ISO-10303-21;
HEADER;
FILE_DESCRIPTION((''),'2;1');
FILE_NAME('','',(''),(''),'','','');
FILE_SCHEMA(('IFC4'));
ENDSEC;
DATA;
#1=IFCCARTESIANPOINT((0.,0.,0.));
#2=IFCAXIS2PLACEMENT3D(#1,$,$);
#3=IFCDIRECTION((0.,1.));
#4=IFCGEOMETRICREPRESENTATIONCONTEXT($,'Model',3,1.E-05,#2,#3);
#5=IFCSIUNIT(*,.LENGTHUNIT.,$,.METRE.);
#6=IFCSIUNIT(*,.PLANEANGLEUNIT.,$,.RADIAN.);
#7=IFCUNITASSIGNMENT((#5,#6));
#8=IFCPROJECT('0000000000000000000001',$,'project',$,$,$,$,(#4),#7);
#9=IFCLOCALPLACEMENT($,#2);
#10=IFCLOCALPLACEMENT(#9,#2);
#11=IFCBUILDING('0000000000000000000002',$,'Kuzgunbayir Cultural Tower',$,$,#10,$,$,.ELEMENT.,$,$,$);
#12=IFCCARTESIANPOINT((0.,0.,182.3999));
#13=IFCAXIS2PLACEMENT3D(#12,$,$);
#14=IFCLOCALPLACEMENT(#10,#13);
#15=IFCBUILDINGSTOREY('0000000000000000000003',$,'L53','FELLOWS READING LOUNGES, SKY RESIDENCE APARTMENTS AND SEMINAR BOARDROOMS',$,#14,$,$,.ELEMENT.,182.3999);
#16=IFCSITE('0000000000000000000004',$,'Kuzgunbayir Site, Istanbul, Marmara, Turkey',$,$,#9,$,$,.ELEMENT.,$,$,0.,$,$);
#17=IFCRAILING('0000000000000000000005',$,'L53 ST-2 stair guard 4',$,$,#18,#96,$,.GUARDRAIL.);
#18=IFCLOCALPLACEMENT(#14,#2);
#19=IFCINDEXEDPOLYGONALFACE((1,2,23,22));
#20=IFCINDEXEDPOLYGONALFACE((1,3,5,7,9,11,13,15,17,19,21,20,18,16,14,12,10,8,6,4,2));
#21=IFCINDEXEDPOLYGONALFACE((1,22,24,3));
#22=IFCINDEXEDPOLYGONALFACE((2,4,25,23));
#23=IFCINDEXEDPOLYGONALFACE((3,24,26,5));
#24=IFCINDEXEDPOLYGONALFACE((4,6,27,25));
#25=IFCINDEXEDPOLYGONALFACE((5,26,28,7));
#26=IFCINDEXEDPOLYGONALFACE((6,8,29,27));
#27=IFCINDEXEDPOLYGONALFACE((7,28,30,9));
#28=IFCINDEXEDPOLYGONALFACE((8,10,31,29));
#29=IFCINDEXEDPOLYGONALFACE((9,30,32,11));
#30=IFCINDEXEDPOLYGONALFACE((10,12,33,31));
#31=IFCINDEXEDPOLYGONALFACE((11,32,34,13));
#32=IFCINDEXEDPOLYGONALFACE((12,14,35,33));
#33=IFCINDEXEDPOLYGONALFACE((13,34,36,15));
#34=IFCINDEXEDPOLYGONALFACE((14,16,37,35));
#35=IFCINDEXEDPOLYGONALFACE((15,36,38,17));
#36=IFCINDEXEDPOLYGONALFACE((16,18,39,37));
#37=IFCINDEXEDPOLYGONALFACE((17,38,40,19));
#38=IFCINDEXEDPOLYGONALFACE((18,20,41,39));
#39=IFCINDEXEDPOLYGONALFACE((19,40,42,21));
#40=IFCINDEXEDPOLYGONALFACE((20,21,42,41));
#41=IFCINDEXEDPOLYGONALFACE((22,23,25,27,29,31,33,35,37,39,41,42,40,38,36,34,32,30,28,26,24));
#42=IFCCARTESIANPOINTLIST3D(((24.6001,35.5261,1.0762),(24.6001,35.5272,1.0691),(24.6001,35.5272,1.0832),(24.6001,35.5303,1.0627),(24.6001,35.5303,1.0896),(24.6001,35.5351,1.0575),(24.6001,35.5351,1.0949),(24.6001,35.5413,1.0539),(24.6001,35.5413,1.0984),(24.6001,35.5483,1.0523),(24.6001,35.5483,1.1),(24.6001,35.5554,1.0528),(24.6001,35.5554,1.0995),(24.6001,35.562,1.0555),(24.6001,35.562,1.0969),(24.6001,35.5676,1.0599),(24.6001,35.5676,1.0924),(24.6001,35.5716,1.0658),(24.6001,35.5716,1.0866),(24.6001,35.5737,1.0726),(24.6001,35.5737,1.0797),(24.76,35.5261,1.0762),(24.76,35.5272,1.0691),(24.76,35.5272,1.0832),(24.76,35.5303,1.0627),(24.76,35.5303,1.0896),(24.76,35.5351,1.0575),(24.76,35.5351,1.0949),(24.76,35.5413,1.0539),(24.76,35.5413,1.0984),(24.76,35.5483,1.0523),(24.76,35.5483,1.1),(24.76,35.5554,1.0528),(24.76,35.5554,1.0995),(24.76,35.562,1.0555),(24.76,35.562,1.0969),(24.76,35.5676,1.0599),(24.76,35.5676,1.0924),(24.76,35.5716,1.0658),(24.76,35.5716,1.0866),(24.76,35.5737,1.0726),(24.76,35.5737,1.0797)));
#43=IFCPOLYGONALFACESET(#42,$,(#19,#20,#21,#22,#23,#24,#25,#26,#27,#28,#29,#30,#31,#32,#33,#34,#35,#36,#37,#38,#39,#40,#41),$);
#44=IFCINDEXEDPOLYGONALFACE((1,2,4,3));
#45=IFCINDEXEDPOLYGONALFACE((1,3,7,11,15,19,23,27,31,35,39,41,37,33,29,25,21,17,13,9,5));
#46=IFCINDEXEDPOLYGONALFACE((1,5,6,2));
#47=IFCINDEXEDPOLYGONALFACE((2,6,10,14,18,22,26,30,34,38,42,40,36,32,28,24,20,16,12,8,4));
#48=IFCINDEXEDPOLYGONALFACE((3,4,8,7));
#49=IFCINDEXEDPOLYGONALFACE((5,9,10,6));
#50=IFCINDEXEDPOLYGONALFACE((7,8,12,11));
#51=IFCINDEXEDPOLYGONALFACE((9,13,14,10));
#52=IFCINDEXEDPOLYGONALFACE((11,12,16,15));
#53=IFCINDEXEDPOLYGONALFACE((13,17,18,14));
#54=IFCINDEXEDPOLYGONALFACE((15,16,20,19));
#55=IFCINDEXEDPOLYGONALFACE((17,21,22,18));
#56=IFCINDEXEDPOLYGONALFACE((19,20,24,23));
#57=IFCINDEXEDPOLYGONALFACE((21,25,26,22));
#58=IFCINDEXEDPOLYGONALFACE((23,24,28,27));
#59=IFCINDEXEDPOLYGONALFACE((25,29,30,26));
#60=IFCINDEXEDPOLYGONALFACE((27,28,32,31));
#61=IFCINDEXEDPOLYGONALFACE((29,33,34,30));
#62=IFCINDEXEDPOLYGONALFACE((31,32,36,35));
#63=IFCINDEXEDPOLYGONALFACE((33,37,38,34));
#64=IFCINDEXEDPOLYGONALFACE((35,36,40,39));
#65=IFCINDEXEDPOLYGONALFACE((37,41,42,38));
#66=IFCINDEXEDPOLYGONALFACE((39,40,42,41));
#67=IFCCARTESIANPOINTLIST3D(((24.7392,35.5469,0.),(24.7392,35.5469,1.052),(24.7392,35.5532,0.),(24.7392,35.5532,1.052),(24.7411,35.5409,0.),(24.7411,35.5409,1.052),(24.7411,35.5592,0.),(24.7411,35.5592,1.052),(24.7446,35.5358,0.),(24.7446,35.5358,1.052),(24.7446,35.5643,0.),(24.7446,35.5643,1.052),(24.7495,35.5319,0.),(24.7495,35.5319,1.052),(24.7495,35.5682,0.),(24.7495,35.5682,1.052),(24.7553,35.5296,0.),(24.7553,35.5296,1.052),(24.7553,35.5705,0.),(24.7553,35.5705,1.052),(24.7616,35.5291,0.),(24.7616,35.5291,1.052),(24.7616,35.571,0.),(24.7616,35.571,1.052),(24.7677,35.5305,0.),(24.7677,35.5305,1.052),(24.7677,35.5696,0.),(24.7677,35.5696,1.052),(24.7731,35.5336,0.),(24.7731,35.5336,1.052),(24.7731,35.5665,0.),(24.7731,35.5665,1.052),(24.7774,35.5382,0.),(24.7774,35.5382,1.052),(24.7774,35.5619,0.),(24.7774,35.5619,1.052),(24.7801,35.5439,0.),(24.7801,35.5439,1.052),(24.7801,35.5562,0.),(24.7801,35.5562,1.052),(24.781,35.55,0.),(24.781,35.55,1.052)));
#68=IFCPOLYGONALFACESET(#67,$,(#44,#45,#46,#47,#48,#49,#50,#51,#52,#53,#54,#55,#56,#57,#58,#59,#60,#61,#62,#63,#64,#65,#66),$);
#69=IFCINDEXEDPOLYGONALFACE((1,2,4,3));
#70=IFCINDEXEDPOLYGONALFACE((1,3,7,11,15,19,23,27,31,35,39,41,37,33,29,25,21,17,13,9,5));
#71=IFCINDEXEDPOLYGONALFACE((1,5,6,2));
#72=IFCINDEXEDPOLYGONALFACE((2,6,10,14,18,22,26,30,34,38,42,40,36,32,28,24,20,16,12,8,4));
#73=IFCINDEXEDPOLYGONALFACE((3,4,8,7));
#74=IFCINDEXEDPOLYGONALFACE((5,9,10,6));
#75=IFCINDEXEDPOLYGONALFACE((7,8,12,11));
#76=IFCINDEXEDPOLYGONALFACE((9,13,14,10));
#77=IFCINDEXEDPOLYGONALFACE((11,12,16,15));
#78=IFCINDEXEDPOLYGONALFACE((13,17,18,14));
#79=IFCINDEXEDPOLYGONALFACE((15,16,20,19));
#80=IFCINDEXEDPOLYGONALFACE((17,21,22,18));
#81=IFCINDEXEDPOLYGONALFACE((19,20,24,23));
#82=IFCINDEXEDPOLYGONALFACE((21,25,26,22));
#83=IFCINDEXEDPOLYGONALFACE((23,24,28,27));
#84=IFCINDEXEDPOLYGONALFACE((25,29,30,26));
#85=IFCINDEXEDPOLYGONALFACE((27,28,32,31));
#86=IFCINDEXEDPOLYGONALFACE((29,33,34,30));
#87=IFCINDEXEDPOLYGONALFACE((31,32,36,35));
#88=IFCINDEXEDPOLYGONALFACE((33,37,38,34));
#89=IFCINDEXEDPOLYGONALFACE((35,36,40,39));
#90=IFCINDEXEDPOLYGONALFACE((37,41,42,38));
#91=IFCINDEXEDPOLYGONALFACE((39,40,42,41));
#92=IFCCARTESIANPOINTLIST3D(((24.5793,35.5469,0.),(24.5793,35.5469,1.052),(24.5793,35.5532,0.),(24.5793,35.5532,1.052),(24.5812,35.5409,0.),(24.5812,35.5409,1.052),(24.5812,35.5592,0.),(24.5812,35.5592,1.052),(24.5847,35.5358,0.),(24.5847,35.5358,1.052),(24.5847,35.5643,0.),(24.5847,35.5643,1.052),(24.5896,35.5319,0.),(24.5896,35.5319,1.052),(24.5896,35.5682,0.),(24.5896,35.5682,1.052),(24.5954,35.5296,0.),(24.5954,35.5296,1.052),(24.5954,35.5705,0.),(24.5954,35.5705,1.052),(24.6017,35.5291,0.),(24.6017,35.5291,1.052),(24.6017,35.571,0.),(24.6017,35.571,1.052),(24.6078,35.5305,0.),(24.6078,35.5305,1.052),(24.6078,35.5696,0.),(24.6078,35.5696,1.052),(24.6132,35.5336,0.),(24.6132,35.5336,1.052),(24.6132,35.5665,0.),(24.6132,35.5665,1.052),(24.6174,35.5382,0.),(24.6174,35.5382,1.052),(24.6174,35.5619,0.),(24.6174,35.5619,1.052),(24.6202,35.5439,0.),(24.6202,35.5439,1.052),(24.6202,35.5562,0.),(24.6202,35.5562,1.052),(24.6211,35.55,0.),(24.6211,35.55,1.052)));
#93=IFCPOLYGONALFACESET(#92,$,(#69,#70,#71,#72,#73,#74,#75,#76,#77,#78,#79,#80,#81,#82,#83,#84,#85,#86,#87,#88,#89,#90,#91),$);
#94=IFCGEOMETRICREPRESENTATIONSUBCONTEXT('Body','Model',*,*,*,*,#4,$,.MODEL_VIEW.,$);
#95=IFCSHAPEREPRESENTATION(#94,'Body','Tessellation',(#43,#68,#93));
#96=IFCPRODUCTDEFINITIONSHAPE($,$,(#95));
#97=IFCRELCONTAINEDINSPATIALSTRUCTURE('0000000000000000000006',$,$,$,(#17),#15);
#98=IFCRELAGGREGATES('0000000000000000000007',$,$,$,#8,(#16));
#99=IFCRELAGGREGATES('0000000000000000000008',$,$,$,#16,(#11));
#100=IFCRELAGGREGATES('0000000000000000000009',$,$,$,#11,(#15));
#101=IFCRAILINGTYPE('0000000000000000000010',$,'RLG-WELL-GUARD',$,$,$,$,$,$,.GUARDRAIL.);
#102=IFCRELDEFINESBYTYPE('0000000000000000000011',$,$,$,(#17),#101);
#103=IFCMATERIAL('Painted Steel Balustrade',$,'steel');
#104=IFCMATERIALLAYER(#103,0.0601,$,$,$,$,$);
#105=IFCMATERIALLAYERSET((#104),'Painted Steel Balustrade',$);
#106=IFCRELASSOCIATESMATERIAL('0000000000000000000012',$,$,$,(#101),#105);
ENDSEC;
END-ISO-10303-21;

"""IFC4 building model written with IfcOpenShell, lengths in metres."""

from ifc_helpers import new_model, si_unit, direction, frame, origin, origin_2d, place, context, subcontext, project, spatial, circle, extrude, material, layer, layer_set, type_object, element, save


model = new_model("IFC4")

# Units and contexts
model_context = context("Model", 3, precision=1e-05, world=origin(), true_north=direction((0.0, 1.0)))
body_context = subcontext(model_context, "Body", "Model", "MODEL_VIEW")
ifc_project = project(units=[si_unit("LENGTHUNIT", "METRE"), si_unit("PLANEANGLEUNIT", "RADIAN")], contexts=[model_context])

# Site, building, storey
site_placement = place(None, origin())
site = spatial("IfcSite", under=ifc_project, at=site_placement, Name="Kuzgunbayir Site, Istanbul, Marmara, Turkey", CompositionType="ELEMENT", RefElevation=0.0)
building_placement = place(site_placement, origin())
building = spatial("IfcBuilding", under=site, at=building_placement, Name="Kuzgunbayir Cultural Tower", CompositionType="ELEMENT")
storey_placement = place(building_placement, frame((0.0, 0.0, 182.3999)))
storey = spatial("IfcBuildingStorey", under=building, at=storey_placement, Name="L53", Description="FELLOWS READING LOUNGES, SKY RESIDENCE APARTMENTS AND SEMINAR BOARDROOMS", CompositionType="ELEMENT", Elevation=182.3999)

# Railing
ifc_material_1 = material(Name="Painted Steel Balustrade", Category="steel")
ifc_layer_1 = layer(ifc_material_1, 0.0601)
ifc_layer_set_1 = layer_set([ifc_layer_1], Name="Painted Steel Balustrade")
railing_type_1 = type_object("IfcRailingType", Name="RLG-WELL-GUARD", PredefinedType="GUARDRAIL", material=ifc_layer_set_1)
railing_1_placement = place(storey_placement, frame((24.76, 35.55, 0.0)))
element("IfcRailing", 1, at=railing_1_placement, inside=storey, type_object=railing_type_1, Name="L53 ST-2 stair guard 4", PredefinedType="GUARDRAIL", context=body_context, shape_type="SweptSolid", body=[
    extrude(circle(Radius=0.0239, at=origin_2d()), frame((0.0, 0.0, 1.0762), z_axis=(-1.0, 0.0, 0.0), x_axis=(0.0, -1.0, 0.0)), (0.0, 0.0, 1.0), 0.1599),
    extrude(circle(Radius=0.021, at=origin_2d()), origin(), (0.0, 0.0, 1.0), 1.052),
    extrude(circle(Radius=0.021, at=origin_2d()), frame((-0.1599, 0.0, 0.0)), (0.0, 0.0, 1.0), 1.052),
])

save(model, "model.ifc")
